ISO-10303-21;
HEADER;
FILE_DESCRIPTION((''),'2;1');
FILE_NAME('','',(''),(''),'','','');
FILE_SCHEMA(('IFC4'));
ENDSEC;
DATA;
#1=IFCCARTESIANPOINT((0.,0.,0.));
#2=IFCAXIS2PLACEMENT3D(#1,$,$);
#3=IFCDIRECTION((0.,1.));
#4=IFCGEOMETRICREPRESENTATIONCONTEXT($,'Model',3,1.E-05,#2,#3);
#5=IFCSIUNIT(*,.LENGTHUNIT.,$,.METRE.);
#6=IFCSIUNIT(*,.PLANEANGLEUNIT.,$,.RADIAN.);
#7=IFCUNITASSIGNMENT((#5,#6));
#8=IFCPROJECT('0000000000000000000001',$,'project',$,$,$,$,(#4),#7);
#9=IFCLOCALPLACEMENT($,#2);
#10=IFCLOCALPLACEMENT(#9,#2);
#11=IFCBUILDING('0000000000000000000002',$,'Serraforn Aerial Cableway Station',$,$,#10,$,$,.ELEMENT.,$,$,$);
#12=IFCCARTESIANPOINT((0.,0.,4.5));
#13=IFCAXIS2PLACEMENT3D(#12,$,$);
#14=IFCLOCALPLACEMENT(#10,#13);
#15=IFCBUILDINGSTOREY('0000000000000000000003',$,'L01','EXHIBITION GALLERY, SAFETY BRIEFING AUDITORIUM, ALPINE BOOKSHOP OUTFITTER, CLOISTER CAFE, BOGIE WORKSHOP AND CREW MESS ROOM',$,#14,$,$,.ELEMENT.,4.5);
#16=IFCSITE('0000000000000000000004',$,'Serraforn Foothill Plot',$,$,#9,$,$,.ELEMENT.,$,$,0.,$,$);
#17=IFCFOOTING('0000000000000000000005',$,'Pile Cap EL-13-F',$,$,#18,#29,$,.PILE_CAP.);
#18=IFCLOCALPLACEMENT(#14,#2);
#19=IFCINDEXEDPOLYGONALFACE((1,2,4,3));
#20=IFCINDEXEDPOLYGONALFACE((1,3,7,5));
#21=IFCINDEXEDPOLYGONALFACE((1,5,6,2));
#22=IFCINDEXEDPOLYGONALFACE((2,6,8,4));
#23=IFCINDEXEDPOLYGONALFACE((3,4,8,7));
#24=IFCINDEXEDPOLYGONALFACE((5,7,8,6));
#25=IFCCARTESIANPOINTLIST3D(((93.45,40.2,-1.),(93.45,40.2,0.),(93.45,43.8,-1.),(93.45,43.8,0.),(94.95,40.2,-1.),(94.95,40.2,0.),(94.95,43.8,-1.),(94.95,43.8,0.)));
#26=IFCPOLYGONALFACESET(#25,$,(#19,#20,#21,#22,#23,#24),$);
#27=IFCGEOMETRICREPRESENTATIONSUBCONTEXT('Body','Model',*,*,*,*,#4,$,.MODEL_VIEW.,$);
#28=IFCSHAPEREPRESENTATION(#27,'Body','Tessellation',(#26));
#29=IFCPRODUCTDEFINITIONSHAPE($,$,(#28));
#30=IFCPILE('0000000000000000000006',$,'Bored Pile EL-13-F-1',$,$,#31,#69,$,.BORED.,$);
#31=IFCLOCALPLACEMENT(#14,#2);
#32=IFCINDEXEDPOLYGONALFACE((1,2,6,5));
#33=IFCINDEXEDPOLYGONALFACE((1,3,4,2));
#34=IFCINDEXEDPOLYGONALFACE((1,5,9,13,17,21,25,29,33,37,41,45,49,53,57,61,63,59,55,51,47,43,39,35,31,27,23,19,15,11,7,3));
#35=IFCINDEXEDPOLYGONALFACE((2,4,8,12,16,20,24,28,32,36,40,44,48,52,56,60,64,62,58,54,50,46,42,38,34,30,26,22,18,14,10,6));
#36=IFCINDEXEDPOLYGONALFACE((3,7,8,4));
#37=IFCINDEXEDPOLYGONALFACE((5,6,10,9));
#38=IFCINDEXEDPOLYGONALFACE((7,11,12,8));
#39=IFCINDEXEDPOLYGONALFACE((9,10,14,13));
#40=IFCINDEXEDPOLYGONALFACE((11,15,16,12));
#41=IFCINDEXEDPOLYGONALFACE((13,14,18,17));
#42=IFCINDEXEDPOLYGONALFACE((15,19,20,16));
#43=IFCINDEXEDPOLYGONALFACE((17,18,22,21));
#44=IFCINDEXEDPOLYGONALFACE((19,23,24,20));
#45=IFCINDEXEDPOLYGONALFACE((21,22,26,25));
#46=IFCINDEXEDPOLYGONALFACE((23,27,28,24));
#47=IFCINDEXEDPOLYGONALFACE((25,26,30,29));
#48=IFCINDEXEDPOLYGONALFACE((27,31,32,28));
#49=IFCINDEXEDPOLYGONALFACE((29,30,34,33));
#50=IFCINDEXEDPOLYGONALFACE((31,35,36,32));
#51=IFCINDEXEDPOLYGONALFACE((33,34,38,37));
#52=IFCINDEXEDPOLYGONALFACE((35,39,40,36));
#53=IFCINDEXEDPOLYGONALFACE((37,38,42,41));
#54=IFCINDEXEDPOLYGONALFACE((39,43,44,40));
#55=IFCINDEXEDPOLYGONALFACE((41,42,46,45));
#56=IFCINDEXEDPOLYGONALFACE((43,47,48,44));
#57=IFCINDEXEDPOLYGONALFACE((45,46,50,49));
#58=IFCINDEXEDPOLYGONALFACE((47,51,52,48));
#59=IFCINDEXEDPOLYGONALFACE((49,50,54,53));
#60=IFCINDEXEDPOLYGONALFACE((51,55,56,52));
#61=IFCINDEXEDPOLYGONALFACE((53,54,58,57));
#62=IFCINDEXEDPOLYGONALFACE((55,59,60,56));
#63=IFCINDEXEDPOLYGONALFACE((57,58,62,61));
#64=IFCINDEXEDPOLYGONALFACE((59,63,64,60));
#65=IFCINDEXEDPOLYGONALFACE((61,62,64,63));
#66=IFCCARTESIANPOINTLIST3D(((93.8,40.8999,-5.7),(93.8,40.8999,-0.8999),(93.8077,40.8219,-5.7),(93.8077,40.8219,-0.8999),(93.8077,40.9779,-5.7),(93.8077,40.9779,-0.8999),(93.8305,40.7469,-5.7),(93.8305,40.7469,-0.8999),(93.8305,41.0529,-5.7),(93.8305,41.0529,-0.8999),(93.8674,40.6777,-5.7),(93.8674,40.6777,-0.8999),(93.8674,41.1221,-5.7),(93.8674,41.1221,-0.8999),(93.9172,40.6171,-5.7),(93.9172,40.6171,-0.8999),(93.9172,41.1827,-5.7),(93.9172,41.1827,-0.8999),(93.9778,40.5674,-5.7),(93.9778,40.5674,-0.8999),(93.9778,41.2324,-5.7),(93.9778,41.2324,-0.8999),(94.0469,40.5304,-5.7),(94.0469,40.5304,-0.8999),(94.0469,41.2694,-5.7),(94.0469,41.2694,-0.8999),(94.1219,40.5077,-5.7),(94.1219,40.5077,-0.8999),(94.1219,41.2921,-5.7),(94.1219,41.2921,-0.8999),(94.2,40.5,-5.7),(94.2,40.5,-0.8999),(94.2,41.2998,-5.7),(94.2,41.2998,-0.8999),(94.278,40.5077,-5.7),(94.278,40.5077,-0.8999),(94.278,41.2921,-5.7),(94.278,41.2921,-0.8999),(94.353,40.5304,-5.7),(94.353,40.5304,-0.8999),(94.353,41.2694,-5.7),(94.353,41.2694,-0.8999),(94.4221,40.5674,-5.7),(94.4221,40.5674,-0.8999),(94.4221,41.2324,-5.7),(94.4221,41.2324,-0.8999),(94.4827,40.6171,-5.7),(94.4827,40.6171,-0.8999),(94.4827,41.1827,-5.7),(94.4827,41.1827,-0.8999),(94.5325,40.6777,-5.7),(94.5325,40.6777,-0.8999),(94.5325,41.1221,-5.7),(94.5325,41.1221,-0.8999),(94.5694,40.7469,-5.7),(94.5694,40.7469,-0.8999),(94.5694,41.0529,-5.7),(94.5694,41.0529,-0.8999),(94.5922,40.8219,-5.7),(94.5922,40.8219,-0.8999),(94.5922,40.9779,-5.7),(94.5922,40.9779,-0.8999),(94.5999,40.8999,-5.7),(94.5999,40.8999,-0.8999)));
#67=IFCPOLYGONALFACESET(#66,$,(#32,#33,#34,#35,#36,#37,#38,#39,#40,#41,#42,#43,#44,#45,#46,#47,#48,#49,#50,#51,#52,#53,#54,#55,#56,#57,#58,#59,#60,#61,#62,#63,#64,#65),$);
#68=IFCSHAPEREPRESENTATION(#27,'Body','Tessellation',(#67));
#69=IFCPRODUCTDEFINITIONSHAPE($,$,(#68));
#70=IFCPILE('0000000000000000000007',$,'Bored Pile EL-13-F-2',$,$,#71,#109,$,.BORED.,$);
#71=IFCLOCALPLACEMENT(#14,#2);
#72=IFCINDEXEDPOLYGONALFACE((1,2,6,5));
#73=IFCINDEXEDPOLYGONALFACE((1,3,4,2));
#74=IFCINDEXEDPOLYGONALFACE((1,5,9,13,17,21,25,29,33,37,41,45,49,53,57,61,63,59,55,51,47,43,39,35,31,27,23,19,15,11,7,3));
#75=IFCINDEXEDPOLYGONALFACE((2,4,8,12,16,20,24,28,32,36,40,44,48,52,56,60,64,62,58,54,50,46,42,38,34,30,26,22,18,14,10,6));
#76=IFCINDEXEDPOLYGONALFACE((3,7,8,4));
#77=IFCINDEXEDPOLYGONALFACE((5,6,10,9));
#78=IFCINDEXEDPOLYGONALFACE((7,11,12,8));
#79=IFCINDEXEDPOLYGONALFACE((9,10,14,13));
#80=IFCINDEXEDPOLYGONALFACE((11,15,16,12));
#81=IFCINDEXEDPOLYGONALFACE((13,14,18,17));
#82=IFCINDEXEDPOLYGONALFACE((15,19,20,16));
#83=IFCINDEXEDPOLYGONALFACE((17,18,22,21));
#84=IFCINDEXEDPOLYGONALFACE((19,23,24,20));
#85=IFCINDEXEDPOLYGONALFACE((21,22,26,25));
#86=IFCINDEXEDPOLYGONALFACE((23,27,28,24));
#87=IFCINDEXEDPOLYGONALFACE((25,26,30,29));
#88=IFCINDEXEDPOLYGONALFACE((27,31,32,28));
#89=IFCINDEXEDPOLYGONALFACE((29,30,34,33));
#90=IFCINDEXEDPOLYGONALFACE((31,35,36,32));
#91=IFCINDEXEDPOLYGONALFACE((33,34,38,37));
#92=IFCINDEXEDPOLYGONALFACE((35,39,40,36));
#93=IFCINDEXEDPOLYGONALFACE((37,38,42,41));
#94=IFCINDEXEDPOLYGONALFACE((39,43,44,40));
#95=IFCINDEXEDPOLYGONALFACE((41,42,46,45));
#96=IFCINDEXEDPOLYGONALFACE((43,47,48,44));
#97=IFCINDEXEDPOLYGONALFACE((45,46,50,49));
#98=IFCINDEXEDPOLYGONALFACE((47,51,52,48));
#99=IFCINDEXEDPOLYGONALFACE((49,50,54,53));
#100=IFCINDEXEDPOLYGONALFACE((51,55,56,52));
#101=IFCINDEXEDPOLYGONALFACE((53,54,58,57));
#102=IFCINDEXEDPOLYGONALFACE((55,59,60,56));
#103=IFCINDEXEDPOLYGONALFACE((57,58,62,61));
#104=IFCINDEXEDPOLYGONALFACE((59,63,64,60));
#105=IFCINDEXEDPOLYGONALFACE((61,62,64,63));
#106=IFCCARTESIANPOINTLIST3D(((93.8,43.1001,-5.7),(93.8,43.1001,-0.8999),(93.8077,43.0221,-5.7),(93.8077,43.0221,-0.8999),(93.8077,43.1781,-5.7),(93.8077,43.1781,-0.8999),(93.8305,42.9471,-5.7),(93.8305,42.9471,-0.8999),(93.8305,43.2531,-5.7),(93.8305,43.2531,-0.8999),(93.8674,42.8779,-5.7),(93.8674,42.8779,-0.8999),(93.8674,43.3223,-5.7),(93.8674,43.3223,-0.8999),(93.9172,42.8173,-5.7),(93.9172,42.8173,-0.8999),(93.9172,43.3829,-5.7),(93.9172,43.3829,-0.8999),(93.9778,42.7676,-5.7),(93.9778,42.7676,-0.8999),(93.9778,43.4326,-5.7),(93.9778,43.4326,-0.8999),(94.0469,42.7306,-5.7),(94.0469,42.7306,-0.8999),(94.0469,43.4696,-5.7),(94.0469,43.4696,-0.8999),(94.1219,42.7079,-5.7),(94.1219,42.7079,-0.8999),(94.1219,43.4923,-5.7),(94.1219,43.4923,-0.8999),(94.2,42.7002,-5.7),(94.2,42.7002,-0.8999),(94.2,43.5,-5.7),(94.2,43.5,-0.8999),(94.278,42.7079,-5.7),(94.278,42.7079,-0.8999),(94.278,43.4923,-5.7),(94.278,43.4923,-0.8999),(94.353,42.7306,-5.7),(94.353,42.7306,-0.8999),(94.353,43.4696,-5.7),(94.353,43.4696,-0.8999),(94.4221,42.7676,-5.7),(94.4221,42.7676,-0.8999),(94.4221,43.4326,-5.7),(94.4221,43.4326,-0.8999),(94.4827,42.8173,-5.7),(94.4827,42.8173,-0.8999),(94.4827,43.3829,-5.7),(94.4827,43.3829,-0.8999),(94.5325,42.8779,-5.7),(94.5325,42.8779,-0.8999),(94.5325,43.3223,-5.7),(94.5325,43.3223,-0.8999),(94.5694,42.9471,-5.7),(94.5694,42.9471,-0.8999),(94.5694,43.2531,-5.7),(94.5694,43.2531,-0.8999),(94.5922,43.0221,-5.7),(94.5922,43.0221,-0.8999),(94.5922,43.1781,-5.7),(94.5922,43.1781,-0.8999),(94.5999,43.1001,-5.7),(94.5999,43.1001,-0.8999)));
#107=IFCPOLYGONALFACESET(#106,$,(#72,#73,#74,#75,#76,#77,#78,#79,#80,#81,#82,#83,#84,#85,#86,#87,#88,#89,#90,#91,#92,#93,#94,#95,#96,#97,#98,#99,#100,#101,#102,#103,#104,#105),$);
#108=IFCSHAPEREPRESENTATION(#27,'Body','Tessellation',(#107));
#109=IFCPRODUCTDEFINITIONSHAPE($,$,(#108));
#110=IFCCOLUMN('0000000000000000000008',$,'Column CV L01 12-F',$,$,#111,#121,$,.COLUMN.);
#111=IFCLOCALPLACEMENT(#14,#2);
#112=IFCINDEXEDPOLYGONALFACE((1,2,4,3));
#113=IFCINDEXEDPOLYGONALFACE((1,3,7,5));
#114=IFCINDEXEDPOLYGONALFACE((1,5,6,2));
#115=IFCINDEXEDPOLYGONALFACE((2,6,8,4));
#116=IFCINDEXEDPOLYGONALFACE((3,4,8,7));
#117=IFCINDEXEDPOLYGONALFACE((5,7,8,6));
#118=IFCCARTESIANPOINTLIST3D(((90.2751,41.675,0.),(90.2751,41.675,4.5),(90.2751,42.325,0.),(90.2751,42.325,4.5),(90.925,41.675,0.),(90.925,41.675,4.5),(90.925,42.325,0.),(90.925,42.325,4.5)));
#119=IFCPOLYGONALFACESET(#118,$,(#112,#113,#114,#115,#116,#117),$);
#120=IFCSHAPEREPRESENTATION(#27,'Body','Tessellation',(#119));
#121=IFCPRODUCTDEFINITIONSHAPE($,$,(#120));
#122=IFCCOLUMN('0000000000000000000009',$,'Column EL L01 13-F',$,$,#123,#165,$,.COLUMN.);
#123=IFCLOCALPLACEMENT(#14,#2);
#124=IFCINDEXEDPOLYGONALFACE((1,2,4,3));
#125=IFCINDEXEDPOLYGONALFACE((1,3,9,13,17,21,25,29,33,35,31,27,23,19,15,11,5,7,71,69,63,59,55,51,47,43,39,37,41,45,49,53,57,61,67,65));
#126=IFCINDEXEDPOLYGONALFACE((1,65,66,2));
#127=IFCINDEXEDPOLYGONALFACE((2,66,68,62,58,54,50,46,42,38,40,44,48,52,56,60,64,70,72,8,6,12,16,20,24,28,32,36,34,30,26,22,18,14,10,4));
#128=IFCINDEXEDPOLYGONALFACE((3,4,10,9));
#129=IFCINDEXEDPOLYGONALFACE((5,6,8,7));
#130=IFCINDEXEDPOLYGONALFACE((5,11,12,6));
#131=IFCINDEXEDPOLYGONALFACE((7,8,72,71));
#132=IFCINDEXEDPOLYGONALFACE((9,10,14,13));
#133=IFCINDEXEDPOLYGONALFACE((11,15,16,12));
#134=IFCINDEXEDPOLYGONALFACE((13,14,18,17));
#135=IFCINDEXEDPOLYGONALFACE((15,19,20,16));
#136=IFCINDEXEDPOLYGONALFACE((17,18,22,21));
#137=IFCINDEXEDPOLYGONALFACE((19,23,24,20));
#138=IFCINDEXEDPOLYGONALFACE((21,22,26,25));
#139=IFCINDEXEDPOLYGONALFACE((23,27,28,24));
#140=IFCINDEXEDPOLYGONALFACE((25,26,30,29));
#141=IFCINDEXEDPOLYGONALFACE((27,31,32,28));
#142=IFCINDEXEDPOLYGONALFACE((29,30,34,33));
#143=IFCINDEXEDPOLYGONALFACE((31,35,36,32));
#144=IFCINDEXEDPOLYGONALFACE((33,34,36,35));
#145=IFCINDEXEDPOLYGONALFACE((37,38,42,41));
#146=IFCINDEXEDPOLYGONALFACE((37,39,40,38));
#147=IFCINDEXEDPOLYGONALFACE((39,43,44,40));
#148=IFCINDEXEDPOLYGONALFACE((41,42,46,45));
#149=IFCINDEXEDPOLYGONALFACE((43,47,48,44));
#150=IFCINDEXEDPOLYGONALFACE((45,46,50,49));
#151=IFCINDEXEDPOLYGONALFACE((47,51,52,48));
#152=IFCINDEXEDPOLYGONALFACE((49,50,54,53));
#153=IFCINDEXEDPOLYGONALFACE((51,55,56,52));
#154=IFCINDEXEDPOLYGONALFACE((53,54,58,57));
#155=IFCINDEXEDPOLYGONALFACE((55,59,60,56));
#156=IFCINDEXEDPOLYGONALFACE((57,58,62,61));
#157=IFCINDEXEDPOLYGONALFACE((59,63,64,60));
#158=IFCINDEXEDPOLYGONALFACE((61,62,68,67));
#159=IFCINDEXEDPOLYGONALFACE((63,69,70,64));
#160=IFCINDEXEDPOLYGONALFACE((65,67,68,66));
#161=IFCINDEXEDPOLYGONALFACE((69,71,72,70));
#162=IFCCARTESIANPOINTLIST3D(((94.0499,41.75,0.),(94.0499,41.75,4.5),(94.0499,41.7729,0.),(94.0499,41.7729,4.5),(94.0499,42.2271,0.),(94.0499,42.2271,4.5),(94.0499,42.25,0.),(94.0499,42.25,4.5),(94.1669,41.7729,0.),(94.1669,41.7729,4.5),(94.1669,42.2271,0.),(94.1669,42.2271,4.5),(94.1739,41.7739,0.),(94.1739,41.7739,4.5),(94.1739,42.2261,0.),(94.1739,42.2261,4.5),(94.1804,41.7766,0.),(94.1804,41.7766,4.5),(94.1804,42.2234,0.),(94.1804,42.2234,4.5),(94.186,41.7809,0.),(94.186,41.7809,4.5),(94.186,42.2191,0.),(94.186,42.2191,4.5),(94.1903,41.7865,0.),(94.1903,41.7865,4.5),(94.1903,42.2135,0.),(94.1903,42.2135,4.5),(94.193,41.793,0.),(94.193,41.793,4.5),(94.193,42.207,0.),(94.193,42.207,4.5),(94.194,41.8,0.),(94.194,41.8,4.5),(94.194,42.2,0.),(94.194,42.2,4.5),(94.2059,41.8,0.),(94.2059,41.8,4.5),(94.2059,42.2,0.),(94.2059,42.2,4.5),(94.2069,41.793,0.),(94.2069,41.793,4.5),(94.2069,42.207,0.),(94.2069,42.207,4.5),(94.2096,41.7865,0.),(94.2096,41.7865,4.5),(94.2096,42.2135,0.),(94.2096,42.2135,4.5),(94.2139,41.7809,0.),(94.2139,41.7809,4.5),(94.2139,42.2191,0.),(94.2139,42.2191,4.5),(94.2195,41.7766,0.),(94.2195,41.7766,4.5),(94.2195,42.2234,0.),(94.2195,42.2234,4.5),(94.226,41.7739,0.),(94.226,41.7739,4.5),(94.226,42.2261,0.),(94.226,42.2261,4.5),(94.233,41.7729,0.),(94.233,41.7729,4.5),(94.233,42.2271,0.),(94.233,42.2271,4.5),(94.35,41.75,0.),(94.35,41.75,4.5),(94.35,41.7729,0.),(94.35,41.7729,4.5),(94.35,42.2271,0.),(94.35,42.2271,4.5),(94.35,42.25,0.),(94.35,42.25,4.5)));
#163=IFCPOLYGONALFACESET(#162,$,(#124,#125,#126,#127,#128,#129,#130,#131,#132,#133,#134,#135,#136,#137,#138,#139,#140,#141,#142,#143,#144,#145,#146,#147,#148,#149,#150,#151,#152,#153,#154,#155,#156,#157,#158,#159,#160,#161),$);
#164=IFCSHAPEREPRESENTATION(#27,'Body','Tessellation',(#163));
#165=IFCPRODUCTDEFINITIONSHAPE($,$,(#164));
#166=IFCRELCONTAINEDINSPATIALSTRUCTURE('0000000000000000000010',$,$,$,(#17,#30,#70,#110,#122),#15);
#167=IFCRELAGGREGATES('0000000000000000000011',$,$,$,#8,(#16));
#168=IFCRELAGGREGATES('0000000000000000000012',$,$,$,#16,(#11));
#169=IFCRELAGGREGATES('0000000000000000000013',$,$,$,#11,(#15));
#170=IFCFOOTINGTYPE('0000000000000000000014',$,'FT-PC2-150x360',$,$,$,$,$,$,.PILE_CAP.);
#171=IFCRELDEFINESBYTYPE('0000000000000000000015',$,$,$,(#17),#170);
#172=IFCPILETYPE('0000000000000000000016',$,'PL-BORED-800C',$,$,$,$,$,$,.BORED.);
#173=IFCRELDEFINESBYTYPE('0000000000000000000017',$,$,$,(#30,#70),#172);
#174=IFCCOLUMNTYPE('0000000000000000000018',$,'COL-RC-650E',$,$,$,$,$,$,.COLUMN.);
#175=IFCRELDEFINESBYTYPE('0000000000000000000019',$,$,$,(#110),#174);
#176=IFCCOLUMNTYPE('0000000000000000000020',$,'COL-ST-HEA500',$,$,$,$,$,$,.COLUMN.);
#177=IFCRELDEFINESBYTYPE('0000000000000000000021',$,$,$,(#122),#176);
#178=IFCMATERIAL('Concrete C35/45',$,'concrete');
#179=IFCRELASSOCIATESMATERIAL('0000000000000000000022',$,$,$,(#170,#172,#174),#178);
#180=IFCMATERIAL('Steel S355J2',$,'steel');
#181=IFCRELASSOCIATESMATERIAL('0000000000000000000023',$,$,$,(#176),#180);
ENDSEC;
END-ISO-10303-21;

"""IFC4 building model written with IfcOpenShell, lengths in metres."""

from ifc_helpers import new_model, si_unit, direction, frame, origin, origin_2d, place, context, subcontext, project, spatial, rectangle, circle, i_section, extrude, material, material_profile, profile_set, type_object, element, save


model = new_model("IFC4")

# Units and contexts
model_context = context("Model", 3, precision=1e-05, world=origin(), true_north=direction((0.0, 1.0)))
body_context = subcontext(model_context, "Body", "Model", "MODEL_VIEW")
ifc_project = project(units=[si_unit("LENGTHUNIT", "METRE"), si_unit("PLANEANGLEUNIT", "RADIAN")], contexts=[model_context])

# Site, building, storey
site_placement = place(None, origin())
site = spatial("IfcSite", under=ifc_project, at=site_placement, Name="Serraforn Foothill Plot", CompositionType="ELEMENT", RefElevation=0.0)
building_placement = place(site_placement, origin())
building = spatial("IfcBuilding", under=site, at=building_placement, Name="Serraforn Aerial Cableway Station", CompositionType="ELEMENT")
storey_placement = place(building_placement, frame((0.0, 0.0, 4.5)))
storey = spatial("IfcBuildingStorey", under=building, at=storey_placement, Name="L01", Description="EXHIBITION GALLERY, SAFETY BRIEFING AUDITORIUM, ALPINE BOOKSHOP OUTFITTER, CLOISTER CAFE, BOGIE WORKSHOP AND CREW MESS ROOM", CompositionType="ELEMENT", Elevation=4.5)

# Footing
ifc_material_1 = material(Name="Concrete C35/45", Category="concrete")
footing_type = type_object("IfcFootingType", Name="FT-PC2-150x360", PredefinedType="PILE_CAP", material=ifc_material_1)
footing_placement = place(storey_placement, frame((94.2, 42.0, -1.0), z_axis=(0.0, 0.0, 1.0), x_axis=(1.0, 0.0, 0.0)))
element("IfcFooting", 1, at=footing_placement, inside=storey, type_object=footing_type, Name="Pile Cap EL-13-F", PredefinedType="PILE_CAP", context=body_context, shape_type="SweptSolid", body=[
    extrude(rectangle(XDim=1.5, YDim=3.6001, at=origin_2d()), origin(), (0.0, 0.0, 1.0), 1.0),
])

# Piles
ifc_material_profile_1 = material_profile(ifc_material_1, circle(Radius=0.3999, at=origin_2d()), Name="BORED PILE D800")
ifc_profile_set_1 = profile_set([ifc_material_profile_1], Name="Concrete C35/45")
pile_type = type_object("IfcPileType", Name="PL-BORED-800C", PredefinedType="BORED", material=ifc_profile_set_1)
for number, where, z_axis, x_axis, name in (
    (2, (94.2, 40.8999, -0.8999), (0.0, 0.0, -1.0), (1.0, 0.0, 0.0), "Bored Pile EL-13-F-1"),
    (3, (94.2, 43.1001, -0.8999), (0.0, 0.0, -1.0), (1.0, 0.0, 0.0), "Bored Pile EL-13-F-2"),
):
    element("IfcPile", number, at=place(storey_placement, frame(where, z_axis=z_axis, x_axis=x_axis)), inside=storey, type_object=pile_type, Name=name, PredefinedType="BORED", context=body_context, shape_type="SweptSolid", body=[
        extrude(circle(Radius=0.3999, at=origin_2d()), origin(), (0.0, 0.0, 1.0), 4.8),
    ])

# Columns
ifc_material_profile_2 = material_profile(ifc_material_1, rectangle(XDim=0.6499, YDim=0.6499, at=origin_2d()), Name="RC 650x650")
ifc_profile_set_2 = profile_set([ifc_material_profile_2], Name="Concrete C35/45")
column_type_1 = type_object("IfcColumnType", Name="COL-RC-650E", PredefinedType="COLUMN", material=ifc_profile_set_2)
column_1_placement = place(storey_placement, frame((90.6001, 42.0, 0.0), z_axis=(0.0, 0.0, 1.0), x_axis=(1.0, 0.0, 0.0)))
element("IfcColumn", 4, at=column_1_placement, inside=storey, type_object=column_type_1, Name="Column CV L01 12-F", PredefinedType="COLUMN", context=body_context, shape_type="SweptSolid", body=[
    extrude(rectangle(XDim=0.6499, YDim=0.6499, at=origin_2d()), origin(), (0.0, 0.0, 1.0), 4.5),
])
ifc_material_2 = material(Name="Steel S355J2", Category="steel")
ifc_material_profile_3 = material_profile(ifc_material_2, i_section(OverallWidth=0.3, OverallDepth=0.5, WebThickness=0.012, FlangeThickness=0.0229, FilletRadius=0.0271, at=origin_2d()), Name="HEA 500")
ifc_profile_set_3 = profile_set([ifc_material_profile_3], Name="Steel S355J2")
column_type_2 = type_object("IfcColumnType", Name="COL-ST-HEA500", PredefinedType="COLUMN", material=ifc_profile_set_3)
column_2_placement = place(storey_placement, frame((94.2, 42.0, 0.0), z_axis=(0.0, 0.0, 1.0), x_axis=(1.0, 0.0, 0.0)))
element("IfcColumn", 5, at=column_2_placement, inside=storey, type_object=column_type_2, Name="Column EL L01 13-F", PredefinedType="COLUMN", context=body_context, shape_type="SweptSolid", body=[
    extrude(i_section(OverallWidth=0.3, OverallDepth=0.5, WebThickness=0.012, FlangeThickness=0.0229, FilletRadius=0.0271, at=origin_2d()), origin(), (0.0, 0.0, 1.0), 4.5),
])

save(model, "model.ifc")
